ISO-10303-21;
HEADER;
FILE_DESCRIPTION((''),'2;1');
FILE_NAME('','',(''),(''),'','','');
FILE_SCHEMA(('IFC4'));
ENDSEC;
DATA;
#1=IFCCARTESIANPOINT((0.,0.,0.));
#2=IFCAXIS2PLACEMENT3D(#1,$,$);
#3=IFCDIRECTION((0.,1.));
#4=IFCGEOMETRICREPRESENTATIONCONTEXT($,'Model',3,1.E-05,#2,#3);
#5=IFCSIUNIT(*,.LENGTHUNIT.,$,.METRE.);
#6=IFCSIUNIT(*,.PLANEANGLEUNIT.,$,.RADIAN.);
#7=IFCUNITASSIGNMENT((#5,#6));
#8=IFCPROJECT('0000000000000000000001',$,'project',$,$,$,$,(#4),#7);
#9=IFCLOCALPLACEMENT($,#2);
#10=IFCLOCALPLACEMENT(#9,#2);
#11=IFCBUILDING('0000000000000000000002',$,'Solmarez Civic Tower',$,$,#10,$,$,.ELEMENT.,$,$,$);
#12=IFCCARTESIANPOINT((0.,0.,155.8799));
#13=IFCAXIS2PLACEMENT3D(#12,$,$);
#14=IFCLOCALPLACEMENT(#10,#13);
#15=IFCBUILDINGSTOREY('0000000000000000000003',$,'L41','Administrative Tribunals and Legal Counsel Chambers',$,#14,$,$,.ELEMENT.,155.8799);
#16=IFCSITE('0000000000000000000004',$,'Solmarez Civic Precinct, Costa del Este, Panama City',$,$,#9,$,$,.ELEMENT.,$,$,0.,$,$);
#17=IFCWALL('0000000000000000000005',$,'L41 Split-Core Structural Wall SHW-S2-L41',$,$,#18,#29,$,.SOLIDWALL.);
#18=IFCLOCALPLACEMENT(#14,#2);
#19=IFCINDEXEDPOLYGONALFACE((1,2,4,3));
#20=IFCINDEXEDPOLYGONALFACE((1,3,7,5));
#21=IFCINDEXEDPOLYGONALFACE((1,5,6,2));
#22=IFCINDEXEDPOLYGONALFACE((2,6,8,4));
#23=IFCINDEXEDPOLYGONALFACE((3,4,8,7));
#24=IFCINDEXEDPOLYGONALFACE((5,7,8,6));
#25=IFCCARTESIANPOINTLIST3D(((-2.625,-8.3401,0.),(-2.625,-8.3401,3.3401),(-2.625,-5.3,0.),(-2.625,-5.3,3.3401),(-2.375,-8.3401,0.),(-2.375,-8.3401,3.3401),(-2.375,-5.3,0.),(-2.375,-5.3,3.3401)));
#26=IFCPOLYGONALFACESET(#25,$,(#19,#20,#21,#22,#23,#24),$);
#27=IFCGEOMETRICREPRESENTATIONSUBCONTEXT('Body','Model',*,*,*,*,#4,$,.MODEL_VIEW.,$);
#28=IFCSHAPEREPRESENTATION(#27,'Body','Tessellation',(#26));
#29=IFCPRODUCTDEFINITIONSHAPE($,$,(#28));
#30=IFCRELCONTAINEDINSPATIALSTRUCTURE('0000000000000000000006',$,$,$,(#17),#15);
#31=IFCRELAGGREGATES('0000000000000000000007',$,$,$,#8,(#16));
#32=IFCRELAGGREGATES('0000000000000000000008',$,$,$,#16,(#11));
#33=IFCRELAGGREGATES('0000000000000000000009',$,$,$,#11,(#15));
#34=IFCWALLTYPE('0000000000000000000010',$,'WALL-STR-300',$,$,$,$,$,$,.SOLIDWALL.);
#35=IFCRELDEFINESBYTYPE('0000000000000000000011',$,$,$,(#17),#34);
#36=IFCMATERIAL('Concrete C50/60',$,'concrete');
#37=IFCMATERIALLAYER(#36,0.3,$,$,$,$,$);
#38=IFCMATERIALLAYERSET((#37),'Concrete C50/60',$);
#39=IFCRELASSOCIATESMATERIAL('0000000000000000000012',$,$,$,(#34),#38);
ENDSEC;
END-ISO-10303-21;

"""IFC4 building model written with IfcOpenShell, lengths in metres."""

from ifc_helpers import new_model, si_unit, direction, frame, frame_2d, origin, place, context, subcontext, project, spatial, rectangle, extrude, material, layer, layer_set, type_object, element, save


model = new_model("IFC4")

# Units and contexts
model_context = context("Model", 3, precision=1e-05, world=origin(), true_north=direction((0.0, 1.0)))
body_context = subcontext(model_context, "Body", "Model", "MODEL_VIEW")
ifc_project = project(units=[si_unit("LENGTHUNIT", "METRE"), si_unit("PLANEANGLEUNIT", "RADIAN")], contexts=[model_context])

# Site, building, storey
site_placement = place(None, origin())
site = spatial("IfcSite", under=ifc_project, at=site_placement, Name="Solmarez Civic Precinct, Costa del Este, Panama City", CompositionType="ELEMENT", RefElevation=0.0)
building_placement = place(site_placement, origin())
building = spatial("IfcBuilding", under=site, at=building_placement, Name="Solmarez Civic Tower", CompositionType="ELEMENT")
storey_placement = place(building_placement, frame((0.0, 0.0, 155.8799)))
storey = spatial("IfcBuildingStorey", under=building, at=storey_placement, Name="L41", Description="Administrative Tribunals and Legal Counsel Chambers", CompositionType="ELEMENT", Elevation=155.8799)

# Shared definitions
ifc_material_1 = material(Name="Concrete C50/60", Category="concrete")

# Wall
ifc_layer_1 = layer(ifc_material_1, 0.3)
ifc_layer_set_1 = layer_set([ifc_layer_1], Name="Concrete C50/60")
wall_type_1 = type_object("IfcWallType", Name="WALL-STR-300", PredefinedType="SOLIDWALL", material=ifc_layer_set_1)
for number, where, z_axis, x_axis, name in (
    (1, (-2.5, -8.3401, 0.0), (0.0, 0.0, 1.0), (0.0, 1.0, 0.0), "L41 Split-Core Structural Wall SHW-S2-L41"),
):
    element("IfcWall", number, at=place(storey_placement, frame(where, z_axis=z_axis, x_axis=x_axis)), inside=storey, type_object=wall_type_1, Name=name, PredefinedType="SOLIDWALL", context=body_context, shape_type="SweptSolid", body=[
        extrude(rectangle(XDim=3.04, YDim=0.25, at=frame_2d((1.52, 0.0))), origin(), (0.0, 0.0, 1.0), 3.3401),
    ])

save(model, "model.ifc")
